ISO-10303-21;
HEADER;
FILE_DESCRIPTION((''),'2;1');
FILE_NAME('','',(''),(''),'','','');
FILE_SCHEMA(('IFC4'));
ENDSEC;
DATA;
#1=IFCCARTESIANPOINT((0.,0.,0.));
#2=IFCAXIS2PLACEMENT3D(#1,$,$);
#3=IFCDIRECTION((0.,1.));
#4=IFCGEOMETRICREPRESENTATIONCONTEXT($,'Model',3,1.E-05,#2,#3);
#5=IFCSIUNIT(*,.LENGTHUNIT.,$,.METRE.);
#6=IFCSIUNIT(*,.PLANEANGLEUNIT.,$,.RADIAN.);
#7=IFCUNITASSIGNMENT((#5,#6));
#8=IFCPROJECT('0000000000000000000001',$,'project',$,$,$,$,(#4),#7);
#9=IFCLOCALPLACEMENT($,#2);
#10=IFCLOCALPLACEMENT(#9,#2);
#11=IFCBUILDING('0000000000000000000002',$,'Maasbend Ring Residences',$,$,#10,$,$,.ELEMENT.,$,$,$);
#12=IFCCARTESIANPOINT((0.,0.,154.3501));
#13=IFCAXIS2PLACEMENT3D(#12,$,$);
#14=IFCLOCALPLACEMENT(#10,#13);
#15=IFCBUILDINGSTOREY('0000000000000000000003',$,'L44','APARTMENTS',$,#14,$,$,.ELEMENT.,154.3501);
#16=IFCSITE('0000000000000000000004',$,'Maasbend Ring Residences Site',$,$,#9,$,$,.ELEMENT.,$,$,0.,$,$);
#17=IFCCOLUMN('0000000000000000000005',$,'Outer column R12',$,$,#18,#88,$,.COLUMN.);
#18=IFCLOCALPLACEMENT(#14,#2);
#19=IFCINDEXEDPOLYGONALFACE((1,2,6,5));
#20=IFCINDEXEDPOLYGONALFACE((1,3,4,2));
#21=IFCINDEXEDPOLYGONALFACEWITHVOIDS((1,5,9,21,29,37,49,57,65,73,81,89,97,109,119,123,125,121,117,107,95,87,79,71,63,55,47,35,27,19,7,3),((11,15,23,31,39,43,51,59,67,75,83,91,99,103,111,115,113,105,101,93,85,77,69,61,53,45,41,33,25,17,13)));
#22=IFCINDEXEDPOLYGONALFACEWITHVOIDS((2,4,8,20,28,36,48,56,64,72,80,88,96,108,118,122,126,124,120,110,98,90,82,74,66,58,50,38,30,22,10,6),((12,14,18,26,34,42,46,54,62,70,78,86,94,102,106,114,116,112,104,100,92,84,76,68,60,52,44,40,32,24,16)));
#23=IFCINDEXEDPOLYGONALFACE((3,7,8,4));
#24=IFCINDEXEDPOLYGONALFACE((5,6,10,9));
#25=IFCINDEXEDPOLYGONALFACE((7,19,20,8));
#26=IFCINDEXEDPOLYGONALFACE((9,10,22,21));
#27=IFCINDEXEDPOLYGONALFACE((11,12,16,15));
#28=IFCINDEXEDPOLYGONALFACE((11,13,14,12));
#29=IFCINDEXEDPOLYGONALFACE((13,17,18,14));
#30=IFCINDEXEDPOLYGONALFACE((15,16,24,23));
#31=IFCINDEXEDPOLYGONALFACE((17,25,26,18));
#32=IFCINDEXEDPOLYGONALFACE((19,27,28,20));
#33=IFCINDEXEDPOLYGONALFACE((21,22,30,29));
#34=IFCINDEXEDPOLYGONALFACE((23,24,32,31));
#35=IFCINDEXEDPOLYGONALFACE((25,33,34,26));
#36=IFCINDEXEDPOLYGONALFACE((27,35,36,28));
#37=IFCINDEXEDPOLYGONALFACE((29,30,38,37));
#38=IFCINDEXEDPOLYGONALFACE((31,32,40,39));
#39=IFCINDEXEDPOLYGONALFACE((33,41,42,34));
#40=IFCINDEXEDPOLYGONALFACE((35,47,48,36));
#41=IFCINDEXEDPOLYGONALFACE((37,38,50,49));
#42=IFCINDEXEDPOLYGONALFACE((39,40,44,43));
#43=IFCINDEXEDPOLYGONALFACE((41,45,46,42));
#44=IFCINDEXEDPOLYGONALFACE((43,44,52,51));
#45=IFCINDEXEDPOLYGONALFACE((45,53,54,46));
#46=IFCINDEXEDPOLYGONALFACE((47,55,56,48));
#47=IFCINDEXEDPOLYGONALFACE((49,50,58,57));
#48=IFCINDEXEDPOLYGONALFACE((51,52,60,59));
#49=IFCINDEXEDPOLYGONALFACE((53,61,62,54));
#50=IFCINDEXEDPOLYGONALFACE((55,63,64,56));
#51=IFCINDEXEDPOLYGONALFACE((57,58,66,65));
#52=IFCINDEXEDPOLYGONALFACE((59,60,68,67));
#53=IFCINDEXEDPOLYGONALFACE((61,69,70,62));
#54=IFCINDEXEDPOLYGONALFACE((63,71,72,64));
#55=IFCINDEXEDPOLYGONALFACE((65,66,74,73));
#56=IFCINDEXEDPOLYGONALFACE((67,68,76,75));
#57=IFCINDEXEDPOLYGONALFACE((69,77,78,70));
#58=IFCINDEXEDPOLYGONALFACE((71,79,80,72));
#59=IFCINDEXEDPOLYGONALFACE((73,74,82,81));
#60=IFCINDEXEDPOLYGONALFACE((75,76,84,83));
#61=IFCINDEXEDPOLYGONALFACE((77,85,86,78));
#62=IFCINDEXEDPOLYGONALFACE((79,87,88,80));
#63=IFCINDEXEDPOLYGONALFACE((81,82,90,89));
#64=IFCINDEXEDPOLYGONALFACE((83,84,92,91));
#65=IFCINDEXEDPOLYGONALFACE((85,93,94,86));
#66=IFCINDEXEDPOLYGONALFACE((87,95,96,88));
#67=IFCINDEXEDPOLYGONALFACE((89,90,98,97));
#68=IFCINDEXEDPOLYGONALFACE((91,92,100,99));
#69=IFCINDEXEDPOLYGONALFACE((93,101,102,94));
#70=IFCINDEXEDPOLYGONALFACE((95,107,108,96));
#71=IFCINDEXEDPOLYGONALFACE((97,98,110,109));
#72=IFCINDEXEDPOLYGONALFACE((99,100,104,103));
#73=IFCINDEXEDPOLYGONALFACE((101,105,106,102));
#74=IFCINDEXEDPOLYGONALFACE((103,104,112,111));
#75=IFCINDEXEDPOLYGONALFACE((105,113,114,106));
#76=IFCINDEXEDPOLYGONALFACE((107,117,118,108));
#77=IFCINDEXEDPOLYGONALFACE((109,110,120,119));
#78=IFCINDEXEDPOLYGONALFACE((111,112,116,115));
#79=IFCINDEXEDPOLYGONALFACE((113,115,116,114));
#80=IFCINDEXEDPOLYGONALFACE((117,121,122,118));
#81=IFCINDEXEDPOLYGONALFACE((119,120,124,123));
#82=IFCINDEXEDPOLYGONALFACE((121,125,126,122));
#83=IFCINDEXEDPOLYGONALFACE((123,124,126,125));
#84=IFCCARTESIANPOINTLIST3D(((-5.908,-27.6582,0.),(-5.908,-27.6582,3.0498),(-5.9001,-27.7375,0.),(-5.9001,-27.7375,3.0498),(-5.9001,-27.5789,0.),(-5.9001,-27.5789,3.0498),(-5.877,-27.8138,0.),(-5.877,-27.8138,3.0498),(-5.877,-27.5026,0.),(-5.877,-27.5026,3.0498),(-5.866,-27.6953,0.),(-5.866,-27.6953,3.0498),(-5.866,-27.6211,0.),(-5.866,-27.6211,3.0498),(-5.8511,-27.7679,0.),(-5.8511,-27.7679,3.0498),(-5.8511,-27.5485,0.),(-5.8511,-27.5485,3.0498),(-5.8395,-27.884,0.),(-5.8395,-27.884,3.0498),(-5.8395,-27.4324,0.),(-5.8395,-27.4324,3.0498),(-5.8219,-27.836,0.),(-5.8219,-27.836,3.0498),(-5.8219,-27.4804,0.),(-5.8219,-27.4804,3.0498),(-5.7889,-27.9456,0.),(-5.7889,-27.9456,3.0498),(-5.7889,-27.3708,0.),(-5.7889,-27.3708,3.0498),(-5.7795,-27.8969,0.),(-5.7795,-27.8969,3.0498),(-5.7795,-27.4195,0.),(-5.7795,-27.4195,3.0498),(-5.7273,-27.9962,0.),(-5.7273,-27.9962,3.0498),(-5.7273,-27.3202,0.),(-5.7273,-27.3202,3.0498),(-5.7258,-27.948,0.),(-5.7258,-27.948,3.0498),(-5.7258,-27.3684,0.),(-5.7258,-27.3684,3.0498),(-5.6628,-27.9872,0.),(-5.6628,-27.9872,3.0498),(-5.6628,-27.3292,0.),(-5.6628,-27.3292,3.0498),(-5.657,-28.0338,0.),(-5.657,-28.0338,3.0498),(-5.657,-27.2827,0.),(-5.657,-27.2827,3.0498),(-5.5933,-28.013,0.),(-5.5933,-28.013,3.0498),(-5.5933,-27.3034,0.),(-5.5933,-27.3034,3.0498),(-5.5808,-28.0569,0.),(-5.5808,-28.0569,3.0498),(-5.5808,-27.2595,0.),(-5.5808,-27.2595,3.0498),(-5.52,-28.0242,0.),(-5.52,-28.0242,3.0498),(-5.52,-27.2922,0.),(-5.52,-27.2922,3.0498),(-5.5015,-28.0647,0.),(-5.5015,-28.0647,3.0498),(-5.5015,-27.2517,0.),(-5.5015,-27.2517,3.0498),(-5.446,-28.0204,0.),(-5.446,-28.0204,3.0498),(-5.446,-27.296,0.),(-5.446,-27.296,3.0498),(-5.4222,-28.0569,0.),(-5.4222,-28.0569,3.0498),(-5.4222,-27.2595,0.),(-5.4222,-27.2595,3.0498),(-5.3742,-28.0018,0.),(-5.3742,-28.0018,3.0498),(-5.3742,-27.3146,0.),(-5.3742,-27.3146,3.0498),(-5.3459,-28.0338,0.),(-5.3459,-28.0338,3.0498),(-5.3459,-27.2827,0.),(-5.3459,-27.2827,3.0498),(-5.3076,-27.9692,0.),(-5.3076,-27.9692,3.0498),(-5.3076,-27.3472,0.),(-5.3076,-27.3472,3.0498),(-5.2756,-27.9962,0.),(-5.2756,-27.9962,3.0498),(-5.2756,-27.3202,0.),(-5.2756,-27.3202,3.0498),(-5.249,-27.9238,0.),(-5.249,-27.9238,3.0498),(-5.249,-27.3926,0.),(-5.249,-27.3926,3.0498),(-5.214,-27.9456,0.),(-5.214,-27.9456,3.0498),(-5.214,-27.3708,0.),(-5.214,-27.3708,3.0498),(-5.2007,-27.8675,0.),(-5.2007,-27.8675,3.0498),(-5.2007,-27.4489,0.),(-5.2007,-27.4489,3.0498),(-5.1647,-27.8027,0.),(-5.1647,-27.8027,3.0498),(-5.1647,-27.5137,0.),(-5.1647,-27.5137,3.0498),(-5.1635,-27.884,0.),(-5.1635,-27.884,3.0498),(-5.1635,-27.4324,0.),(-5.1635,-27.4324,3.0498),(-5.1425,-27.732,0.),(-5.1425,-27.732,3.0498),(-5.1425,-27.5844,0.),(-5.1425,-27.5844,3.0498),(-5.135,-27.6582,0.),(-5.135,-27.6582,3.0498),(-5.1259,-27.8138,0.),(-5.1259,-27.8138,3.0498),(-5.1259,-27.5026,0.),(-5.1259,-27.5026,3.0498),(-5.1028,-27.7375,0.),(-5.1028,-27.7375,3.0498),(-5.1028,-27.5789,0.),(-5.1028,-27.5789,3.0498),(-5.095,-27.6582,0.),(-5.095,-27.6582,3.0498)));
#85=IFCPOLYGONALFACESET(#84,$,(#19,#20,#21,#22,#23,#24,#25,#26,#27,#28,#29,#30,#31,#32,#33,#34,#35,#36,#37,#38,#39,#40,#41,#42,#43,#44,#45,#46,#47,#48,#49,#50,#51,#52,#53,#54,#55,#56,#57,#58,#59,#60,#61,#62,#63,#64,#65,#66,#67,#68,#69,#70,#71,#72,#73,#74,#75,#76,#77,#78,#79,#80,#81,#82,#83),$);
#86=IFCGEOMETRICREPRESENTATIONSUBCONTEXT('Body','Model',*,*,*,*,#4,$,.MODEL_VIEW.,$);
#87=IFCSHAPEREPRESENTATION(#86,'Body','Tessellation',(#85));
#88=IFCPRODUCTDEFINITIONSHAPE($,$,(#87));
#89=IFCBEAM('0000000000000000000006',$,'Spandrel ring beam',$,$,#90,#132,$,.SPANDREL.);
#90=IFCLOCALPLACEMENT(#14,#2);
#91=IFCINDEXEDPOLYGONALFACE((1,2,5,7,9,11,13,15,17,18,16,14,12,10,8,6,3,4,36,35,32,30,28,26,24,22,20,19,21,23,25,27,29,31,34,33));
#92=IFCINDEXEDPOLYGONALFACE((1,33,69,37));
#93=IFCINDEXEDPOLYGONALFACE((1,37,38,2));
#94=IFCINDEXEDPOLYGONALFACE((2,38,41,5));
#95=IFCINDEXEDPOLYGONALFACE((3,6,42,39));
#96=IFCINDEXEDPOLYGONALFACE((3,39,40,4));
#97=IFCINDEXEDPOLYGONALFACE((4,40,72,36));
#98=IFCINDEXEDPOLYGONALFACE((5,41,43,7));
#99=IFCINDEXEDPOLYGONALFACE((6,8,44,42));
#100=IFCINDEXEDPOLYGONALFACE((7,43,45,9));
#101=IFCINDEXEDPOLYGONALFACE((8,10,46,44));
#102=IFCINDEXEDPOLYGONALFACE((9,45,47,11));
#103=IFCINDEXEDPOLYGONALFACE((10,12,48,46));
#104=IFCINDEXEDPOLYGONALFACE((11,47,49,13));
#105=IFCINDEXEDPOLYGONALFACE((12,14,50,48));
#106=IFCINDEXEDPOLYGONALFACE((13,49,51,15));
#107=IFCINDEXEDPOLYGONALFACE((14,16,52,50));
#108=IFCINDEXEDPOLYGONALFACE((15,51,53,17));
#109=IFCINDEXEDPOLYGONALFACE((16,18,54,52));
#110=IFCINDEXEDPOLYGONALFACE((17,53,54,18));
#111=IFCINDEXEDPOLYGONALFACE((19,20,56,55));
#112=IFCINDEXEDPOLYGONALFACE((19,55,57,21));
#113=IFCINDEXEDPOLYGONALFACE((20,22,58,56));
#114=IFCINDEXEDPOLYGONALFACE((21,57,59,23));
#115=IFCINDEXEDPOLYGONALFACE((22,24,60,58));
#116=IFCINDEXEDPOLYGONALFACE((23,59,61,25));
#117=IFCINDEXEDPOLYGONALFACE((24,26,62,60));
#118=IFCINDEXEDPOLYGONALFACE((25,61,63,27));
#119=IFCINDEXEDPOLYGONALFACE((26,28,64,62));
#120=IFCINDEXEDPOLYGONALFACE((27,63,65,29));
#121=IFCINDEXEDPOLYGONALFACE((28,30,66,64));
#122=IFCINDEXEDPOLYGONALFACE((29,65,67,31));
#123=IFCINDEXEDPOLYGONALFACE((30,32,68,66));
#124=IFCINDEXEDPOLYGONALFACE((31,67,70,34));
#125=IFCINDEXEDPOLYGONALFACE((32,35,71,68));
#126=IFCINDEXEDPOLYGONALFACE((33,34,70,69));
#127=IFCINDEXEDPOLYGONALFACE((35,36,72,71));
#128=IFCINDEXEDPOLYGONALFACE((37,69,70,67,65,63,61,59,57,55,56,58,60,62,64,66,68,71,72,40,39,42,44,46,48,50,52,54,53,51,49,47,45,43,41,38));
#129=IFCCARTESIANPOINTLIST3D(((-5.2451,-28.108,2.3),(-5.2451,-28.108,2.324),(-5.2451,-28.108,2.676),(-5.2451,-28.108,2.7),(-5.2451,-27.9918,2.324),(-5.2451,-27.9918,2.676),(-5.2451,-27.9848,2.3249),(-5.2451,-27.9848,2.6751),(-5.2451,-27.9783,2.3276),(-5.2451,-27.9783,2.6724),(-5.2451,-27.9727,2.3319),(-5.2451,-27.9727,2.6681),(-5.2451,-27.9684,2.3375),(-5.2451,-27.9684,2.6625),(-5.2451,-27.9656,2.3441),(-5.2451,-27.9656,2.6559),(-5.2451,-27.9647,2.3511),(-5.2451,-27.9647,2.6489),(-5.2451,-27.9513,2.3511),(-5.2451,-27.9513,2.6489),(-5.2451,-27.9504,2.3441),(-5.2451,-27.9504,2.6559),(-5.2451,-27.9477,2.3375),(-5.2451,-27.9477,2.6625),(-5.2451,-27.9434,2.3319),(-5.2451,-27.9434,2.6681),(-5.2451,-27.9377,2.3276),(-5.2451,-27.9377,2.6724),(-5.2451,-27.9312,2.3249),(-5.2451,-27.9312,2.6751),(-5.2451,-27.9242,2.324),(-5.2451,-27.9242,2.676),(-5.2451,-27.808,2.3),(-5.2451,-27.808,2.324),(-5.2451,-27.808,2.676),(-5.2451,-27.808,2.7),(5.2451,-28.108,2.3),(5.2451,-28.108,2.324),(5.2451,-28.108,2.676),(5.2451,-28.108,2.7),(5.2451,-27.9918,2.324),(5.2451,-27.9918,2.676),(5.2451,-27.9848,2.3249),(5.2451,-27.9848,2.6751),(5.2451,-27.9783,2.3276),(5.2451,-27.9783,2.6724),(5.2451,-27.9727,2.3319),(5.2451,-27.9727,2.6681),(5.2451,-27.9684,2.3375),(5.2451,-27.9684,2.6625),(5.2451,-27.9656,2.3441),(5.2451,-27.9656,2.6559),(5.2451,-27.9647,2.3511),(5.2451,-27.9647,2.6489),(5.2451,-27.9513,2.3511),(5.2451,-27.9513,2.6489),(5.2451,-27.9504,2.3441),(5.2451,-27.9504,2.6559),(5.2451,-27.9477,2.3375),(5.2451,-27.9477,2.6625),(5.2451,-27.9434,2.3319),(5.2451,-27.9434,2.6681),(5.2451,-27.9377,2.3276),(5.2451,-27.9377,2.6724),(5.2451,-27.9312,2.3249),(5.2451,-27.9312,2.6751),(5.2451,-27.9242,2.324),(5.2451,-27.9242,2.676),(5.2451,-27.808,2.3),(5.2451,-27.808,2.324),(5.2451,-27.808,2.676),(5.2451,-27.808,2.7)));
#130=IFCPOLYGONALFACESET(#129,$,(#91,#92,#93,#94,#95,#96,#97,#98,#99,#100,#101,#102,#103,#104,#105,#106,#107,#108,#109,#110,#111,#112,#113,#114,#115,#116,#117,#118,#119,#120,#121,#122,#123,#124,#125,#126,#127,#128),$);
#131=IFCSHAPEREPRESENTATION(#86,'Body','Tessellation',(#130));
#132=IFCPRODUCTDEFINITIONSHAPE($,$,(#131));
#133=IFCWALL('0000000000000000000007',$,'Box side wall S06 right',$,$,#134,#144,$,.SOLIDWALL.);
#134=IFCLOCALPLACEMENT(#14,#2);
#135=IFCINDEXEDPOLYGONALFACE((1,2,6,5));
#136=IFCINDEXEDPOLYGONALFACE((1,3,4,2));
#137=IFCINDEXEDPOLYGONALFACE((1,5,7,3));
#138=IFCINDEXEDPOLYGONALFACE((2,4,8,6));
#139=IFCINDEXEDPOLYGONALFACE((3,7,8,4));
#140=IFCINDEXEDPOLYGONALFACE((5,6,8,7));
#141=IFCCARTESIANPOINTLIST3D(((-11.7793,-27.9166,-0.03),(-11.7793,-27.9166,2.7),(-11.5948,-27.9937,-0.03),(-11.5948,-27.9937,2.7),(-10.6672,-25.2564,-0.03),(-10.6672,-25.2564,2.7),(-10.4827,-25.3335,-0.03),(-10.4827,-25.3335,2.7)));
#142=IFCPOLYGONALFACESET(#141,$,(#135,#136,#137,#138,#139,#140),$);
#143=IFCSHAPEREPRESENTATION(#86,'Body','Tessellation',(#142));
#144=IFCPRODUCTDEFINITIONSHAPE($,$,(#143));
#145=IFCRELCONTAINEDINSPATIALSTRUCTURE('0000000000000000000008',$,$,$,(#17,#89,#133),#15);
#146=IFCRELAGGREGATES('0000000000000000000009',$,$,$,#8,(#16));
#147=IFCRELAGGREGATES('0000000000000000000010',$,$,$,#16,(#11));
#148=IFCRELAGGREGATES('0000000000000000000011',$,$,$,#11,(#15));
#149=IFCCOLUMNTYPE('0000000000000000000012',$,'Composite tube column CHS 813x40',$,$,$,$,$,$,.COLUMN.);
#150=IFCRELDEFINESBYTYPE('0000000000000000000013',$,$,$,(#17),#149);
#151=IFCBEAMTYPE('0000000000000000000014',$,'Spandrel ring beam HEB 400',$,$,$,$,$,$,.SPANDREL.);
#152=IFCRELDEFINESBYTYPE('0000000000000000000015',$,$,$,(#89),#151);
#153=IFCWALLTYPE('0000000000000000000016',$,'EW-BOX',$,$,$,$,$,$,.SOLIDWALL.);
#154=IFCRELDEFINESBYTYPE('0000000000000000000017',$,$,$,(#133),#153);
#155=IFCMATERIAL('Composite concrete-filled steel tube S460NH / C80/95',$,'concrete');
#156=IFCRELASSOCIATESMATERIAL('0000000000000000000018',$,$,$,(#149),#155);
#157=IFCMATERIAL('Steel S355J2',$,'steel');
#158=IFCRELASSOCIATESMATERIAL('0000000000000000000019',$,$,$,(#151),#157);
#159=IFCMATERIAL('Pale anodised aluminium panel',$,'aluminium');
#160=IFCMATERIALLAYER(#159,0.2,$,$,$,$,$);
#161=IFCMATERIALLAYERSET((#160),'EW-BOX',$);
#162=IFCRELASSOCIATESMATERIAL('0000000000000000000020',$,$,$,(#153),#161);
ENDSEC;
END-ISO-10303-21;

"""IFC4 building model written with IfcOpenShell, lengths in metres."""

from ifc_helpers import new_model, si_unit, direction, frame, frame_2d, origin, origin_2d, place, context, subcontext, project, spatial, rectangle, hollow_circle, i_section, extrude, material, layer, layer_set, material_profile, profile_set, type_object, element, save


model = new_model("IFC4")

# Units and contexts
model_context = context("Model", 3, precision=1e-05, world=origin(), true_north=direction((0.0, 1.0)))
body_context = subcontext(model_context, "Body", "Model", "MODEL_VIEW")
ifc_project = project(units=[si_unit("LENGTHUNIT", "METRE"), si_unit("PLANEANGLEUNIT", "RADIAN")], contexts=[model_context])

# Site, building, storey
site_placement = place(None, origin())
site = spatial("IfcSite", under=ifc_project, at=site_placement, Name="Maasbend Ring Residences Site", CompositionType="ELEMENT", RefElevation=0.0)
building_placement = place(site_placement, origin())
building = spatial("IfcBuilding", under=site, at=building_placement, Name="Maasbend Ring Residences", CompositionType="ELEMENT")
storey_placement = place(building_placement, frame((0.0, 0.0, 154.3501)))
storey = spatial("IfcBuildingStorey", under=building, at=storey_placement, Name="L44", Description="APARTMENTS", CompositionType="ELEMENT", Elevation=154.3501)

# Column
ifc_material_1 = material(Name="Composite concrete-filled steel tube S460NH / C80/95", Category="concrete")
ifc_material_profile_1 = material_profile(ifc_material_1, hollow_circle(Radius=0.4065, WallThickness=0.04, at=origin_2d()), Name="Composite tube column CHS 813x40")
ifc_profile_set_1 = profile_set([ifc_material_profile_1], Name="Composite concrete-filled steel tube S460NH / C80/95")
column_type = type_object("IfcColumnType", Name="Composite tube column CHS 813x40", PredefinedType="COLUMN", material=ifc_profile_set_1)
column_placement = place(storey_placement, frame((-5.5015, -27.6582, 0.0), z_axis=(0.0, 0.0, 1.0), x_axis=(1.0, 0.0, 0.0)))
element("IfcColumn", 1, at=column_placement, inside=storey, type_object=column_type, Name="Outer column R12", PredefinedType="COLUMN", context=body_context, shape_type="SweptSolid", body=[
    extrude(hollow_circle(Radius=0.4065, WallThickness=0.04, at=origin_2d()), origin(), (0.0, 0.0, 1.0), 3.0498),
])

# Beam
ifc_material_2 = material(Name="Steel S355J2", Category="steel")
ifc_material_profile_2 = material_profile(ifc_material_2, i_section(OverallWidth=0.3, OverallDepth=0.3999, WebThickness=0.0134, FlangeThickness=0.0239, FilletRadius=0.0271, at=origin_2d()), Name="HEB 400")
ifc_profile_set_2 = profile_set([ifc_material_profile_2], Name="Steel S355J2")
beam_type = type_object("IfcBeamType", Name="Spandrel ring beam HEB 400", PredefinedType="SPANDREL", material=ifc_profile_set_2)
beam_placement = place(storey_placement, frame((-5.2451, -27.958, 2.5), z_axis=(1.0, 0.0, 0.0), x_axis=(0.0, 1.0, 0.0)))
element("IfcBeam", 2, at=beam_placement, inside=storey, type_object=beam_type, Name="Spandrel ring beam", PredefinedType="SPANDREL", context=body_context, shape_type="SweptSolid", body=[
    extrude(i_section(OverallWidth=0.3, OverallDepth=0.3999, WebThickness=0.0134, FlangeThickness=0.0239, FilletRadius=0.0271, at=origin_2d()), origin(), (0.0, 0.0, 1.0), 10.4902),
])

# Wall
ifc_material_3 = material(Name="Pale anodised aluminium panel", Category="aluminium")
ifc_layer_1 = layer(ifc_material_3, 0.2)
ifc_layer_set_1 = layer_set([ifc_layer_1], Name="EW-BOX")
wall_type_1 = type_object("IfcWallType", Name="EW-BOX", PredefinedType="SOLIDWALL", material=ifc_layer_set_1)
wall_1_placement = place(storey_placement, frame((-10.575, -25.2949, -0.03), z_axis=(0.0, 0.0, 1.0), x_axis=(-0.385697, -0.922625, 0.0)))
element("IfcWall", 3, at=wall_1_placement, inside=storey, type_object=wall_type_1, Name="Box side wall S06 right", PredefinedType="SOLIDWALL", context=body_context, shape_type="SweptSolid", body=[
    extrude(rectangle(XDim=2.8833, YDim=0.2, at=frame_2d((1.4417, 0.0))), origin(), (0.0, 0.0, 1.0), 2.73),
])

save(model, "model.ifc")
